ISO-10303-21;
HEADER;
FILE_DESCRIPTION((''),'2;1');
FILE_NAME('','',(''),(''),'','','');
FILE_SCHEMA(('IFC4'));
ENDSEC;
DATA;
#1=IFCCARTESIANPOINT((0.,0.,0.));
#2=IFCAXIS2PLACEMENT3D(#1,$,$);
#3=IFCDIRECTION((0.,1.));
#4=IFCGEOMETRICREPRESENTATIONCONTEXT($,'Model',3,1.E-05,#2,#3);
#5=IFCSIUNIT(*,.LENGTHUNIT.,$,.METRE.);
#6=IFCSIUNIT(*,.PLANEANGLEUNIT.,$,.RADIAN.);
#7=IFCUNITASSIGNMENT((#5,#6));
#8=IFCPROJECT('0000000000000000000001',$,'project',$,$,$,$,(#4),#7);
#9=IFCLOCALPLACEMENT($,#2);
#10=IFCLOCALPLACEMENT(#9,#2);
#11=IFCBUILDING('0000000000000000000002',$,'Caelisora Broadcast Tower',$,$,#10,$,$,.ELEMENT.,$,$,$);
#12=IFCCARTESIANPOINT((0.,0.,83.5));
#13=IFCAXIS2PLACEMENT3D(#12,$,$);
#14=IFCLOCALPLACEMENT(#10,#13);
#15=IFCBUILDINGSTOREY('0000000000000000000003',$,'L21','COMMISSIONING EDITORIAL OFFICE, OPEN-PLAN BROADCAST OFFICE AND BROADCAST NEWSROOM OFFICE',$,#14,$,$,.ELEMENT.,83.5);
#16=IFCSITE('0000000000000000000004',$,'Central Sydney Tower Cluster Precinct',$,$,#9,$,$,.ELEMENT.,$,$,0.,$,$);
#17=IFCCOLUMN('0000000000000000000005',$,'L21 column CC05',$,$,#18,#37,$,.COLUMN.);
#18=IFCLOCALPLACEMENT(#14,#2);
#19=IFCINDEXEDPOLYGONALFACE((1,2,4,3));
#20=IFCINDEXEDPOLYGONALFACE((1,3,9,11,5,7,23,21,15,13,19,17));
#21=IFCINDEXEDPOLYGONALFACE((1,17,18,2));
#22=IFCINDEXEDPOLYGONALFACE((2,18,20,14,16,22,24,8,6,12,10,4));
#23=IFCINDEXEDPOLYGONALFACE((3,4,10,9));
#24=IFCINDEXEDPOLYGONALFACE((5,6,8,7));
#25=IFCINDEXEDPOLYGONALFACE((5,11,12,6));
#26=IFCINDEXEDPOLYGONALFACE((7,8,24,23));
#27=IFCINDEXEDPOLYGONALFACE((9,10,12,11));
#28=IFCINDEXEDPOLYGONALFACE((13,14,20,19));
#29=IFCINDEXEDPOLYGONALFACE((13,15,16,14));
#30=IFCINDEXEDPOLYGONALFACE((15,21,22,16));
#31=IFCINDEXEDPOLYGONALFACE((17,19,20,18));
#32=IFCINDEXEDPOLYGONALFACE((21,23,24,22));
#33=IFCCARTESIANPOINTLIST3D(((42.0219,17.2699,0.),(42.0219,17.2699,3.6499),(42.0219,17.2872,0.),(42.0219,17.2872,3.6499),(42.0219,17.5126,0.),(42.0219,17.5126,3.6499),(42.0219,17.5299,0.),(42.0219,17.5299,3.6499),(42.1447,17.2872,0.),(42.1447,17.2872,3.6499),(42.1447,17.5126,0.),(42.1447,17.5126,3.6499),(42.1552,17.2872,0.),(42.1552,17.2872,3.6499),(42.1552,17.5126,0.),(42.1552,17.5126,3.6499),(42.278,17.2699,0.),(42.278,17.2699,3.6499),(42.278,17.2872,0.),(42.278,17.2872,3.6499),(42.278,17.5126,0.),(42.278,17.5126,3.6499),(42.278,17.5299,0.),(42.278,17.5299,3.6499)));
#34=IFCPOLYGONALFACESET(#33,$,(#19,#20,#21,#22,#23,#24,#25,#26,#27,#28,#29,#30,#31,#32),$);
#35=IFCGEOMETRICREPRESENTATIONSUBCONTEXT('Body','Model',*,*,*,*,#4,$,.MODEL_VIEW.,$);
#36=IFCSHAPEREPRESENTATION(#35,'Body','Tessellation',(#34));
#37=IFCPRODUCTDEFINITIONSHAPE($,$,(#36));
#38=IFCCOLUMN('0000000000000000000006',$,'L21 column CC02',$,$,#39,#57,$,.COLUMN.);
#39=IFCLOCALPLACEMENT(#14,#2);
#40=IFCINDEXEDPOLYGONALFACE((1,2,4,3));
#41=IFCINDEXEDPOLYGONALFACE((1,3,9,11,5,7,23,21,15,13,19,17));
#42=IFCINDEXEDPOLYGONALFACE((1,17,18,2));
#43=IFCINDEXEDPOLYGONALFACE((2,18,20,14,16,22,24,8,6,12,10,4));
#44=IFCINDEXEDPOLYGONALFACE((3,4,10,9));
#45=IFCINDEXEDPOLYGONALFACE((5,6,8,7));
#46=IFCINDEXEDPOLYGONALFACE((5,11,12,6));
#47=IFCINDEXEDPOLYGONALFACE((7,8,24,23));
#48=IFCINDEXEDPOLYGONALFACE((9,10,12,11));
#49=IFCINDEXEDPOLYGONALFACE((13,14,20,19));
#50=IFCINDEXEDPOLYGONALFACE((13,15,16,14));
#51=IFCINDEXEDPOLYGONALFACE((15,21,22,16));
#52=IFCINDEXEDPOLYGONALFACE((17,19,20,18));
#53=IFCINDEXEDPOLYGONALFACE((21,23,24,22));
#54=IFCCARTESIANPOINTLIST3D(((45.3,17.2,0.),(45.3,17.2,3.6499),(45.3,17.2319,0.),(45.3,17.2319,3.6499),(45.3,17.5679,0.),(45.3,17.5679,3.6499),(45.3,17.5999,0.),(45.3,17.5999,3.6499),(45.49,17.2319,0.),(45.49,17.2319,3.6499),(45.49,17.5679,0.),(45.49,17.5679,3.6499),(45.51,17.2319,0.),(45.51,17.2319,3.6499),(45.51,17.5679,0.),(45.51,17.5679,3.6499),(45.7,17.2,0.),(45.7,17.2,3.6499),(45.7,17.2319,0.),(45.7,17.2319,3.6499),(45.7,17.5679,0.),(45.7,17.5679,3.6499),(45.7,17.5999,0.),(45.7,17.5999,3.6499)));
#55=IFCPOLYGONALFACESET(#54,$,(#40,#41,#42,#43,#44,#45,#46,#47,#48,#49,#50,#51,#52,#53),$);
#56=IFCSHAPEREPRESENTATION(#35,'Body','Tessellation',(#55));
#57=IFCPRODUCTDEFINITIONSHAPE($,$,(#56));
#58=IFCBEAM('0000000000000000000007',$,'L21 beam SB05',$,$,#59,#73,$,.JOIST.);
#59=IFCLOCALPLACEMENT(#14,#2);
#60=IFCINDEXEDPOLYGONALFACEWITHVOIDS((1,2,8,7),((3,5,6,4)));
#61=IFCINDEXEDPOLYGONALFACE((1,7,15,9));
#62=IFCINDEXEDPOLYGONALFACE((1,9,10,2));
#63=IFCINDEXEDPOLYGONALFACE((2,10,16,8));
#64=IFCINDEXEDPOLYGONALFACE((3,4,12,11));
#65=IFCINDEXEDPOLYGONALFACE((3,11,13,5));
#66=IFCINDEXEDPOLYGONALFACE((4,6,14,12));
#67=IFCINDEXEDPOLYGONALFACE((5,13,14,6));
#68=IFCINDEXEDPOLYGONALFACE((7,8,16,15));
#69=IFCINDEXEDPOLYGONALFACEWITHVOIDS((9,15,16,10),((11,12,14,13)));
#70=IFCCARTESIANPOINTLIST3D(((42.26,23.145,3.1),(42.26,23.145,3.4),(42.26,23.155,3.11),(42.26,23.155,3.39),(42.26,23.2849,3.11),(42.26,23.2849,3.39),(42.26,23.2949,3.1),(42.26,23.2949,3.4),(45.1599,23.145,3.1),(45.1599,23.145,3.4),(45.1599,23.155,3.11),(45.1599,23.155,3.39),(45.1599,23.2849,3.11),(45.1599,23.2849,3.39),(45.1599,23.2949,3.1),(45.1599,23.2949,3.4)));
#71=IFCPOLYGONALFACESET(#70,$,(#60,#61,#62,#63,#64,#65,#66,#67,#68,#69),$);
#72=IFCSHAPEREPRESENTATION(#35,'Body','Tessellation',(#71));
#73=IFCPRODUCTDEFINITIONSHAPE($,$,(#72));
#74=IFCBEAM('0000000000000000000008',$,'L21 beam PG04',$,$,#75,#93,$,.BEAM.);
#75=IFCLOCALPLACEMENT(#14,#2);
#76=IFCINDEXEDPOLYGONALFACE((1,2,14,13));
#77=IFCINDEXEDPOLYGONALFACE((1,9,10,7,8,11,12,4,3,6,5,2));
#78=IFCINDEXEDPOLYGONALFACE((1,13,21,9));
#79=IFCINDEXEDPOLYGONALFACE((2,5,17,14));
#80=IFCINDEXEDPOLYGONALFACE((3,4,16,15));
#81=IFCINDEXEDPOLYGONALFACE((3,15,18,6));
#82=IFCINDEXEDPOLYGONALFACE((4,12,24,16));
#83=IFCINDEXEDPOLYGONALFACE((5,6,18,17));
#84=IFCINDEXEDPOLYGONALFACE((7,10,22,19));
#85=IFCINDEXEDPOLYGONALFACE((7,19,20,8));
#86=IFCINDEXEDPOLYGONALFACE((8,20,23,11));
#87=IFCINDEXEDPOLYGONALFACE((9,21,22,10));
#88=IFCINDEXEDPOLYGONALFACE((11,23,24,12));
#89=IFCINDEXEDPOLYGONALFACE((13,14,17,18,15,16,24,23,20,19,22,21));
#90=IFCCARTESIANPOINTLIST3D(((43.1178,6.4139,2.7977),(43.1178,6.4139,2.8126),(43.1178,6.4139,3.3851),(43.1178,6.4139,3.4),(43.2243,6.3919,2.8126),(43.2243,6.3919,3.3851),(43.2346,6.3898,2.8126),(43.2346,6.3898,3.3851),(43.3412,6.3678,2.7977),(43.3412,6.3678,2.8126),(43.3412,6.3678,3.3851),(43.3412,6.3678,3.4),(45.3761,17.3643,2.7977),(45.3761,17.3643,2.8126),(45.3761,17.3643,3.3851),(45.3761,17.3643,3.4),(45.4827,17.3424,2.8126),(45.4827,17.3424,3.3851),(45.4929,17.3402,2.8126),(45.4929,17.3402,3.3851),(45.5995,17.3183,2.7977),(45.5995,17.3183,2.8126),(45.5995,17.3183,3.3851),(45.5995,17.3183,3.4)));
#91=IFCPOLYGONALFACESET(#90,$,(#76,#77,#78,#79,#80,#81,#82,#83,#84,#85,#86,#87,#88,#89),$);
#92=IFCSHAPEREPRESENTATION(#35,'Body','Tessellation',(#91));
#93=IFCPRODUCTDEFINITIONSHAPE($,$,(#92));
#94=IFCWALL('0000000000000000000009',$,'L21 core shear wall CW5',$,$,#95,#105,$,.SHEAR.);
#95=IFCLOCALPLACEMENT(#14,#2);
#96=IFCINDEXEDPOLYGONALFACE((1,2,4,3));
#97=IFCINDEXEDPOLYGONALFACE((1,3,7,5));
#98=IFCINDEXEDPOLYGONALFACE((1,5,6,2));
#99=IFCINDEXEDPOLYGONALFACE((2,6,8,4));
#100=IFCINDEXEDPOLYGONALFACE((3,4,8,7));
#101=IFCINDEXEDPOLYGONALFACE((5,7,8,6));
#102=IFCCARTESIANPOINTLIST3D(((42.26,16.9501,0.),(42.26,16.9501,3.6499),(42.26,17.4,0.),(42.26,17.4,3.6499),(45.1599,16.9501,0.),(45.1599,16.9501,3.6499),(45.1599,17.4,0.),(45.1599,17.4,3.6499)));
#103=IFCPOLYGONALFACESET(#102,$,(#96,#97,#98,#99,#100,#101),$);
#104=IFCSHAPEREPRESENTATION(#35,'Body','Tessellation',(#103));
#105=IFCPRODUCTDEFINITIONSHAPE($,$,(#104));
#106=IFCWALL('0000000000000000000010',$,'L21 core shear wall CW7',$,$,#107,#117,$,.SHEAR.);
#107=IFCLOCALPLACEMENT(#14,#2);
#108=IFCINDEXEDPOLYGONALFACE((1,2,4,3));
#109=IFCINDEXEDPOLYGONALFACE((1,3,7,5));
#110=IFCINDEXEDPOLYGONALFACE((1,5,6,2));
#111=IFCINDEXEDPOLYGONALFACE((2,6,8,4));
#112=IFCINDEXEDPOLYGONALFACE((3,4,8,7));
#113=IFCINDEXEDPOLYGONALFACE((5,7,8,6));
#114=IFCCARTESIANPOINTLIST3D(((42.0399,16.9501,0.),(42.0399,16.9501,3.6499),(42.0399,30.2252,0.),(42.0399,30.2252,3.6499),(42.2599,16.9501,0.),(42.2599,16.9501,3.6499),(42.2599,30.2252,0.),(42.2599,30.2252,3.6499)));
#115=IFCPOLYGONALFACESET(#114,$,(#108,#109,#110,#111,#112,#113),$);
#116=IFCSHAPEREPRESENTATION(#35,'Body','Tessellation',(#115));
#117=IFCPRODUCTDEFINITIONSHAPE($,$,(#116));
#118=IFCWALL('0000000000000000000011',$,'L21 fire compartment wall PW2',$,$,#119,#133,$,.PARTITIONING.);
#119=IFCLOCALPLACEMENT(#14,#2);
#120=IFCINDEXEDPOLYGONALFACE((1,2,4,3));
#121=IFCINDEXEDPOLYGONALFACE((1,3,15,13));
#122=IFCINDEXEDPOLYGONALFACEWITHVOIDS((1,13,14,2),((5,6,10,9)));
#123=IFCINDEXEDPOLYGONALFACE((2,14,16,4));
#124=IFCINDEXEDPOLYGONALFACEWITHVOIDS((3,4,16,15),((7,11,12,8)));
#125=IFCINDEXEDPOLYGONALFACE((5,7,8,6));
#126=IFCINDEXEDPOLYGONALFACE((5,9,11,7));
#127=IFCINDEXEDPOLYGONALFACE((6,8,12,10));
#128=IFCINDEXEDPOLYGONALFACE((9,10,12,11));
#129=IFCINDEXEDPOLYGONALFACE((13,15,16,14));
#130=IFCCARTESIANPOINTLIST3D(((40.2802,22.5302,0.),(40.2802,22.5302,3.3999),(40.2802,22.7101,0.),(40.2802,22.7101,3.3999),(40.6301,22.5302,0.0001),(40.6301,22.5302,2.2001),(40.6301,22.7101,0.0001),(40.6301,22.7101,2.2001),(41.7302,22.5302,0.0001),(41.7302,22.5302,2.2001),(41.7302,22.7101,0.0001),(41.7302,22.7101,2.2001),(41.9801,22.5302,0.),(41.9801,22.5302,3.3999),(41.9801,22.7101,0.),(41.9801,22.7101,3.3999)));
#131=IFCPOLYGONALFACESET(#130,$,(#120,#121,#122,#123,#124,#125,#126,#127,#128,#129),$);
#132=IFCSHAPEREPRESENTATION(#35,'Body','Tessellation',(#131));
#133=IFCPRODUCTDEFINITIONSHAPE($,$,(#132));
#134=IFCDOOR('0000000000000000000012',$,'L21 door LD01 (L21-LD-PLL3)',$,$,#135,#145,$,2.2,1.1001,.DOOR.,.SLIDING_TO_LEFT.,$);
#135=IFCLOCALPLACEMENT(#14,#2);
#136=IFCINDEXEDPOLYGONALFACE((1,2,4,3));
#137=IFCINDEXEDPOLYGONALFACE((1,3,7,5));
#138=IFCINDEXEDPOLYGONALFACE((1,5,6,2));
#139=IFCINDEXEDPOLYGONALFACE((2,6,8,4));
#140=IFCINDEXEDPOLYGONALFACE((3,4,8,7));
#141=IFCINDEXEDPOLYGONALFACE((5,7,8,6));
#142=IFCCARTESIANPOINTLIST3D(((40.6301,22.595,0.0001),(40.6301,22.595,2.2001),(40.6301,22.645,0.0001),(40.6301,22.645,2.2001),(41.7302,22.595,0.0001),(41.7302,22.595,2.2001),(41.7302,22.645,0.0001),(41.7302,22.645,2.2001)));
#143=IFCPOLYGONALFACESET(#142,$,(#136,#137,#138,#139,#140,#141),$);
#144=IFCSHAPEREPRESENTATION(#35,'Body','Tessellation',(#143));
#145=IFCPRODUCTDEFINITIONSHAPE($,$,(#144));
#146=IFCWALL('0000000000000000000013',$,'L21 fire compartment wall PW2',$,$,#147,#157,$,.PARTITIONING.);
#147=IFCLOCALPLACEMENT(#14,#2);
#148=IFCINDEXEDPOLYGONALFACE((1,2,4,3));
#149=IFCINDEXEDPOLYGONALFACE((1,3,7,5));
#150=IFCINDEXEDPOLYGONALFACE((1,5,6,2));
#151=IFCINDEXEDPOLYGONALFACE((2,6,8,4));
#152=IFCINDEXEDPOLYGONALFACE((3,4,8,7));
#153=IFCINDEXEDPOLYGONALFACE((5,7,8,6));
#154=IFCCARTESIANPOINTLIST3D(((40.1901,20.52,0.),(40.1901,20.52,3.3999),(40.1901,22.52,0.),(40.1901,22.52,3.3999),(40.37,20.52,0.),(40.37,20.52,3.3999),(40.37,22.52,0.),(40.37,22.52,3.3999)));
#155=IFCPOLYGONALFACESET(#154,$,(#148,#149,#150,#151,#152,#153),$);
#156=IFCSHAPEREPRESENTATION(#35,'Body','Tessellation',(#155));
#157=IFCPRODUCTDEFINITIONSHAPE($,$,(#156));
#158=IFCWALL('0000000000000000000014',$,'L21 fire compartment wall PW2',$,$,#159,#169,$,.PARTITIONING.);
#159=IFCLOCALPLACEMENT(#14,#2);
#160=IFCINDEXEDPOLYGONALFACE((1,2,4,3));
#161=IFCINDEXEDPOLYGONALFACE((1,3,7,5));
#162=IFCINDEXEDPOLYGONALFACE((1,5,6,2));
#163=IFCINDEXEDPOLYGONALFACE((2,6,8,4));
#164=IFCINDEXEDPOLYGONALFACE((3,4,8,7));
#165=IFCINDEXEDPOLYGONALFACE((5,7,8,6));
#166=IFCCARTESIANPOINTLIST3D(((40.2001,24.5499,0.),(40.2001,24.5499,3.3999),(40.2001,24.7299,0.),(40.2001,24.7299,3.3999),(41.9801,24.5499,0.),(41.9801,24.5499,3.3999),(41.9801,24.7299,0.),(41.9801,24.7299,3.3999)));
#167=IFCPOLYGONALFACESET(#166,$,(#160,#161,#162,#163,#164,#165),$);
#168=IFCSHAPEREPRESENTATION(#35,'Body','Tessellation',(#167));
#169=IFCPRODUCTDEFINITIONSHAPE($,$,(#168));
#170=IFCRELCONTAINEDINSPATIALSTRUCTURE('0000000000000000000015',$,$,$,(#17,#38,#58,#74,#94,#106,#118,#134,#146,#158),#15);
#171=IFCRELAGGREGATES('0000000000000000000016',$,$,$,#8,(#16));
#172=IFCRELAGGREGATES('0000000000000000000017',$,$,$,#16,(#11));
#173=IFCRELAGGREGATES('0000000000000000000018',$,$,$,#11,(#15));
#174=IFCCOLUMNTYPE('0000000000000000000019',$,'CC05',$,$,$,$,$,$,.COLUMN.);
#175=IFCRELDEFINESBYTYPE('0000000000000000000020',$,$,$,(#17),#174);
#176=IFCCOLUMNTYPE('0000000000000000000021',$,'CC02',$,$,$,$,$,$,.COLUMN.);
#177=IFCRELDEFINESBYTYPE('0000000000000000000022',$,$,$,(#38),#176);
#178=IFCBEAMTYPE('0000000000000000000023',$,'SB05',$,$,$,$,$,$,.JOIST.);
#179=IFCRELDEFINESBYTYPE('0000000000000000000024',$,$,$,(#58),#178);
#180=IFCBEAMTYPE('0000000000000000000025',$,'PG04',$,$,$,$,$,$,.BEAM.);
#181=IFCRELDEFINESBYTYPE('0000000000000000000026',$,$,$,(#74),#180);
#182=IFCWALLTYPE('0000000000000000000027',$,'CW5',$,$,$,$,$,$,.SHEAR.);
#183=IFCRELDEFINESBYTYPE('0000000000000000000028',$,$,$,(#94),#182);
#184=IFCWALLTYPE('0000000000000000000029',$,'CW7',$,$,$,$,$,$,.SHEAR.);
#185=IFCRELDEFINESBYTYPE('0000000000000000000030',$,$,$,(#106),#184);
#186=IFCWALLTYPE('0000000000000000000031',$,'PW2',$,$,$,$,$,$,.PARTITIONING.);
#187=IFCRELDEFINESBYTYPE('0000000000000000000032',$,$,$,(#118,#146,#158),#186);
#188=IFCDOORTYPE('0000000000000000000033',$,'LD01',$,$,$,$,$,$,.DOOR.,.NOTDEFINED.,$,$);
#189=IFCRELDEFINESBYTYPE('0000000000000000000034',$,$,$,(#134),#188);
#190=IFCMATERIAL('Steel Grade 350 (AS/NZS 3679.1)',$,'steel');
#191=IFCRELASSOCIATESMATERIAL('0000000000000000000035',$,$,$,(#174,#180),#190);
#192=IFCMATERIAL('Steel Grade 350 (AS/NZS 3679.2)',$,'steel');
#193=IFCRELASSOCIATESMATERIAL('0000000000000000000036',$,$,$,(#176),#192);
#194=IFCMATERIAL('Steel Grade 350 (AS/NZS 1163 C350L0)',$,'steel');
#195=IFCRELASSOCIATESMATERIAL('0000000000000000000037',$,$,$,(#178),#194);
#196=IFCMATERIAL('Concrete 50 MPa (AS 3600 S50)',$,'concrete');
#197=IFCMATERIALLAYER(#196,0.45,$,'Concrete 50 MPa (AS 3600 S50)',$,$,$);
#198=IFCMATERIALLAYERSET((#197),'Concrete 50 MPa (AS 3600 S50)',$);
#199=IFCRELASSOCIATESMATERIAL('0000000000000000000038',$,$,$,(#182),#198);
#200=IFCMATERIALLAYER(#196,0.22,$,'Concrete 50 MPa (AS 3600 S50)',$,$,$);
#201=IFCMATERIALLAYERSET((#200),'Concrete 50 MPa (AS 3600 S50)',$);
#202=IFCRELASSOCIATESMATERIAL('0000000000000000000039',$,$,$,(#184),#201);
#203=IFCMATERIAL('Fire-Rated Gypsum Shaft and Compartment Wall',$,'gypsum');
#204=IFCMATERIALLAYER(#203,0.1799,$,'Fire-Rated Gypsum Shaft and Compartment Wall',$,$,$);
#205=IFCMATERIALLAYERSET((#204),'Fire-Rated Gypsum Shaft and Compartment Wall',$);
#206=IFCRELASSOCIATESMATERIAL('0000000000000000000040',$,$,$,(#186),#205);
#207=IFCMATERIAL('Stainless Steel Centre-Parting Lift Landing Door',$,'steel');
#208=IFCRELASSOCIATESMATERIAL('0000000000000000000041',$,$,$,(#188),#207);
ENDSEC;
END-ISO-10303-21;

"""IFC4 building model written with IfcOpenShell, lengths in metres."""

from ifc_helpers import new_model, si_unit, direction, frame, frame_2d, origin, origin_2d, place, context, subcontext, project, spatial, rectangle, hollow_rectangle, i_section, extrude, source, transform, mapped, material, layer, layer_set, material_profile, profile_set, type_object, type_shapes, element, fill, save


model = new_model("IFC4")

# Units and contexts
model_context = context("Model", 3, precision=1e-05, world=origin(), true_north=direction((0.0, 1.0)))
body_context = subcontext(model_context, "Body", "Model", "MODEL_VIEW")
ifc_project = project(units=[si_unit("LENGTHUNIT", "METRE"), si_unit("PLANEANGLEUNIT", "RADIAN")], contexts=[model_context])

# Site, building, storey
site_placement = place(None, origin())
site = spatial("IfcSite", under=ifc_project, at=site_placement, Name="Central Sydney Tower Cluster Precinct", CompositionType="ELEMENT", RefElevation=0.0)
building_placement = place(site_placement, origin())
building = spatial("IfcBuilding", under=site, at=building_placement, Name="Caelisora Broadcast Tower", CompositionType="ELEMENT")
storey_placement = place(building_placement, frame((0.0, 0.0, 83.5)))
storey = spatial("IfcBuildingStorey", under=building, at=storey_placement, Name="L21", Description="COMMISSIONING EDITORIAL OFFICE, OPEN-PLAN BROADCAST OFFICE AND BROADCAST NEWSROOM OFFICE", CompositionType="ELEMENT", Elevation=83.5)

# Columns
ifc_material_1 = material(Name="Steel Grade 350 (AS/NZS 3679.1)", Category="steel")
ifc_material_profile_1 = material_profile(ifc_material_1, i_section(OverallWidth=0.2561, OverallDepth=0.26, WebThickness=0.0105, FlangeThickness=0.0173, at=origin_2d()), Name="Steel Grade 350 (AS/NZS 3679.1)")
ifc_profile_set_1 = profile_set([ifc_material_profile_1], Name="Steel Grade 350 (AS/NZS 3679.1)")
column_type_1 = type_object("IfcColumnType", Name="CC05", PredefinedType="COLUMN", material=ifc_profile_set_1)
shared_shape_1 = source(origin(), body_context, "Body", "SweptSolid", [
    extrude(i_section(OverallWidth=0.2561, OverallDepth=0.26, WebThickness=0.0105, FlangeThickness=0.0173, at=origin_2d()), origin(), (0.0, 0.0, 1.0), 3.6499),
])
type_shapes(column_type_1, [shared_shape_1])
column_1_placement = place(storey_placement, frame((42.1499, 17.3999, 0.0), z_axis=(0.0, 0.0, 1.0), x_axis=(1.0, 0.0, 0.0)))
element("IfcColumn", 1, at=column_1_placement, inside=storey, type_object=column_type_1, Name="L21 column CC05", PredefinedType="COLUMN", context=body_context, shape_type="MappedRepresentation", body=[
    mapped(shared_shape_1, transform((0.0, 0.0, 0.0), scale=1.0)),
])
ifc_material_2 = material(Name="Steel Grade 350 (AS/NZS 3679.2)", Category="steel")
ifc_material_profile_2 = material_profile(ifc_material_2, i_section(OverallWidth=0.3999, OverallDepth=0.3999, WebThickness=0.02, FlangeThickness=0.032, at=origin_2d()), Name="Steel Grade 350 (AS/NZS 3679.2)")
ifc_profile_set_2 = profile_set([ifc_material_profile_2], Name="Steel Grade 350 (AS/NZS 3679.2)")
column_type_2 = type_object("IfcColumnType", Name="CC02", PredefinedType="COLUMN", material=ifc_profile_set_2)
shared_shape_2 = source(origin(), body_context, "Body", "SweptSolid", [
    extrude(i_section(OverallWidth=0.3999, OverallDepth=0.3999, WebThickness=0.02, FlangeThickness=0.032, at=origin_2d()), origin(), (0.0, 0.0, 1.0), 3.6499),
])
type_shapes(column_type_2, [shared_shape_2])
column_2_placement = place(storey_placement, frame((45.5, 17.3999, 0.0), z_axis=(0.0, 0.0, 1.0), x_axis=(1.0, 0.0, 0.0)))
element("IfcColumn", 2, at=column_2_placement, inside=storey, type_object=column_type_2, Name="L21 column CC02", PredefinedType="COLUMN", context=body_context, shape_type="MappedRepresentation", body=[
    mapped(shared_shape_2, transform((0.0, 0.0, 0.0), scale=1.0)),
])

# Beams
ifc_material_3 = material(Name="Steel Grade 350 (AS/NZS 1163 C350L0)", Category="steel")
ifc_material_profile_3 = material_profile(ifc_material_3, hollow_rectangle(XDim=0.1499, YDim=0.3, WallThickness=0.01, at=origin_2d()), Name="Steel Grade 350 (AS/NZS 1163 C350L0)")
ifc_profile_set_3 = profile_set([ifc_material_profile_3], Name="Steel Grade 350 (AS/NZS 1163 C350L0)")
beam_type_1 = type_object("IfcBeamType", Name="SB05", PredefinedType="JOIST", material=ifc_profile_set_3)
shared_shape_3 = source(origin(), body_context, "Body", "SweptSolid", [
    extrude(hollow_rectangle(XDim=0.1499, YDim=0.3, WallThickness=0.01, at=origin_2d()), origin(), (0.0, 0.0, 1.0), 2.8999),
])
type_shapes(beam_type_1, [shared_shape_3])
beam_1_placement = place(storey_placement, frame((42.26, 23.22, 3.25), z_axis=(1.0, 0.0, 0.0), x_axis=(0.0, 1.0, 0.0)))
element("IfcBeam", 3, at=beam_1_placement, inside=storey, type_object=beam_type_1, Name="L21 beam SB05", PredefinedType="JOIST", context=body_context, shape_type="MappedRepresentation", body=[
    mapped(shared_shape_3, transform((0.0, 0.0, 0.0), scale=1.0)),
])
ifc_material_profile_4 = material_profile(ifc_material_1, i_section(OverallWidth=0.228, OverallDepth=0.6023, WebThickness=0.0105, FlangeThickness=0.0149, at=origin_2d()), Name="Steel Grade 350 (AS/NZS 3679.1)")
ifc_profile_set_4 = profile_set([ifc_material_profile_4], Name="Steel Grade 350 (AS/NZS 3679.1)")
beam_type_2 = type_object("IfcBeamType", Name="PG04", PredefinedType="BEAM", material=ifc_profile_set_4)
shared_shape_4 = source(origin(), body_context, "Body", "SweptSolid", [
    extrude(i_section(OverallWidth=0.228, OverallDepth=0.6023, WebThickness=0.0105, FlangeThickness=0.0149, at=origin_2d()), origin(), (0.0, 0.0, 1.0), 11.1809),
])
type_shapes(beam_type_2, [shared_shape_4])
beam_2_placement = place(storey_placement, frame((45.4878, 17.3413, 3.0989), z_axis=(-0.201979, -0.97939, 0.0), x_axis=(0.97939, -0.201979, 0.0)))
element("IfcBeam", 4, at=beam_2_placement, inside=storey, type_object=beam_type_2, Name="L21 beam PG04", PredefinedType="BEAM", context=body_context, shape_type="MappedRepresentation", body=[
    mapped(shared_shape_4, transform((0.0, 0.0, 0.0), scale=1.0)),
])

# Shared definitions
ifc_material_4 = material(Name="Concrete 50 MPa (AS 3600 S50)", Category="concrete")

# Walls
ifc_layer_1 = layer(ifc_material_4, 0.45, Name="Concrete 50 MPa (AS 3600 S50)")
ifc_layer_set_1 = layer_set([ifc_layer_1], Name="Concrete 50 MPa (AS 3600 S50)")
wall_type_1 = type_object("IfcWallType", Name="CW5", PredefinedType="SHEAR", material=ifc_layer_set_1)
wall_1_placement = place(storey_placement, frame((42.26, 17.175, 0.0), z_axis=(0.0, 0.0, 1.0), x_axis=(1.0, 0.0, 0.0)))
element("IfcWall", 5, at=wall_1_placement, inside=storey, type_object=wall_type_1, Name="L21 core shear wall CW5", PredefinedType="SHEAR", context=body_context, shape_type="SweptSolid", body=[
    extrude(rectangle(XDim=2.8999, YDim=0.45, at=frame_2d((1.45, 0.0))), origin(), (0.0, 0.0, 1.0), 3.6499),
])
ifc_layer_2 = layer(ifc_material_4, 0.22, Name="Concrete 50 MPa (AS 3600 S50)")
ifc_layer_set_2 = layer_set([ifc_layer_2], Name="Concrete 50 MPa (AS 3600 S50)")
wall_type_2 = type_object("IfcWallType", Name="CW7", PredefinedType="SHEAR", material=ifc_layer_set_2)
wall_2_placement = place(storey_placement, frame((42.1499, 16.95, 0.0), z_axis=(0.0, 0.0, 1.0), x_axis=(0.0, 1.0, 0.0)))
element("IfcWall", 6, at=wall_2_placement, inside=storey, type_object=wall_type_2, Name="L21 core shear wall CW7", PredefinedType="SHEAR", context=body_context, shape_type="SweptSolid", body=[
    extrude(rectangle(XDim=13.2751, YDim=0.22, at=frame_2d((6.6377, 0.0))), origin(), (0.0, 0.0, 1.0), 3.6499),
])

# Wall, opening, door
ifc_material_5 = material(Name="Fire-Rated Gypsum Shaft and Compartment Wall", Category="gypsum")
ifc_layer_3 = layer(ifc_material_5, 0.1799, Name="Fire-Rated Gypsum Shaft and Compartment Wall")
ifc_layer_set_3 = layer_set([ifc_layer_3], Name="Fire-Rated Gypsum Shaft and Compartment Wall")
wall_type_3 = type_object("IfcWallType", Name="PW2", PredefinedType="PARTITIONING", material=ifc_layer_set_3)
wall_3_placement = place(storey_placement, frame((40.28, 22.6201, 0.0), z_axis=(0.0, 0.0, 1.0), x_axis=(1.0, 0.0, 0.0)))
wall_3 = element("IfcWall", 7, at=wall_3_placement, inside=storey, type_object=wall_type_3, Name="L21 fire compartment wall PW2", PredefinedType="PARTITIONING", context=body_context, shape_type="SweptSolid", body=[
    extrude(rectangle(XDim=1.7, YDim=0.1799, at=frame_2d((0.8501, 0.0))), origin(), (0.0, 0.0, 1.0), 3.3999),
])
opening_1_placement = place(wall_3_placement, frame((0.3501, 0.0, 0.0)))
opening_1 = element("IfcOpeningElement", 8, at=opening_1_placement, cuts=wall_3, PredefinedType="OPENING", context=body_context, shape_type="SweptSolid", body=[
    extrude(rectangle(XDim=1.1001, YDim=2.2, at=frame_2d((0.55, 1.1001))), frame((0.0, 0.1021, 0.0), z_axis=(0.0, -1.0, 0.0), x_axis=(1.0, 0.0, 0.0)), (0.0, 0.0, 1.0), 0.2039),
])
ifc_material_6 = material(Name="Stainless Steel Centre-Parting Lift Landing Door", Category="steel")
door_type_1 = type_object("IfcDoorType", Name="LD01", OperationType="NOTDEFINED", PredefinedType="DOOR", material=ifc_material_6)
door_1_placement = place(opening_1_placement, origin())
door_1 = element("IfcDoor", 9, at=door_1_placement, inside=storey, type_object=door_type_1, Name="L21 door LD01 (L21-LD-PLL3)", OperationType="SLIDING_TO_LEFT", OverallHeight=2.2, OverallWidth=1.1001, PredefinedType="DOOR", context=body_context, shape_type="SweptSolid", body=[
    extrude(rectangle(XDim=1.1001, YDim=2.2, at=frame_2d((0.55, 1.1001))), frame((0.0, 0.0249, 0.0), z_axis=(0.0, -1.0, 0.0), x_axis=(1.0, 0.0, 0.0)), (0.0, 0.0, 1.0), 0.05),
])
fill(opening_1, door_1)

# Walls
wall_4_placement = place(storey_placement, frame((40.28, 20.52, 0.0), z_axis=(0.0, 0.0, 1.0), x_axis=(0.0, 1.0, 0.0)))
element("IfcWall", 10, at=wall_4_placement, inside=storey, type_object=wall_type_3, Name="L21 fire compartment wall PW2", PredefinedType="PARTITIONING", context=body_context, shape_type="SweptSolid", body=[
    extrude(rectangle(XDim=2.0, YDim=0.1799, at=frame_2d((1.0, 0.0))), origin(), (0.0, 0.0, 1.0), 3.3999),
])
wall_5_placement = place(storey_placement, frame((40.2, 24.6399, 0.0), z_axis=(0.0, 0.0, 1.0), x_axis=(1.0, 0.0, 0.0)))
element("IfcWall", 11, at=wall_5_placement, inside=storey, type_object=wall_type_3, Name="L21 fire compartment wall PW2", PredefinedType="PARTITIONING", context=body_context, shape_type="SweptSolid", body=[
    extrude(rectangle(XDim=1.78, YDim=0.1799, at=frame_2d((0.8901, 0.0))), origin(), (0.0, 0.0, 1.0), 3.3999),
])

save(model, "model.ifc")
